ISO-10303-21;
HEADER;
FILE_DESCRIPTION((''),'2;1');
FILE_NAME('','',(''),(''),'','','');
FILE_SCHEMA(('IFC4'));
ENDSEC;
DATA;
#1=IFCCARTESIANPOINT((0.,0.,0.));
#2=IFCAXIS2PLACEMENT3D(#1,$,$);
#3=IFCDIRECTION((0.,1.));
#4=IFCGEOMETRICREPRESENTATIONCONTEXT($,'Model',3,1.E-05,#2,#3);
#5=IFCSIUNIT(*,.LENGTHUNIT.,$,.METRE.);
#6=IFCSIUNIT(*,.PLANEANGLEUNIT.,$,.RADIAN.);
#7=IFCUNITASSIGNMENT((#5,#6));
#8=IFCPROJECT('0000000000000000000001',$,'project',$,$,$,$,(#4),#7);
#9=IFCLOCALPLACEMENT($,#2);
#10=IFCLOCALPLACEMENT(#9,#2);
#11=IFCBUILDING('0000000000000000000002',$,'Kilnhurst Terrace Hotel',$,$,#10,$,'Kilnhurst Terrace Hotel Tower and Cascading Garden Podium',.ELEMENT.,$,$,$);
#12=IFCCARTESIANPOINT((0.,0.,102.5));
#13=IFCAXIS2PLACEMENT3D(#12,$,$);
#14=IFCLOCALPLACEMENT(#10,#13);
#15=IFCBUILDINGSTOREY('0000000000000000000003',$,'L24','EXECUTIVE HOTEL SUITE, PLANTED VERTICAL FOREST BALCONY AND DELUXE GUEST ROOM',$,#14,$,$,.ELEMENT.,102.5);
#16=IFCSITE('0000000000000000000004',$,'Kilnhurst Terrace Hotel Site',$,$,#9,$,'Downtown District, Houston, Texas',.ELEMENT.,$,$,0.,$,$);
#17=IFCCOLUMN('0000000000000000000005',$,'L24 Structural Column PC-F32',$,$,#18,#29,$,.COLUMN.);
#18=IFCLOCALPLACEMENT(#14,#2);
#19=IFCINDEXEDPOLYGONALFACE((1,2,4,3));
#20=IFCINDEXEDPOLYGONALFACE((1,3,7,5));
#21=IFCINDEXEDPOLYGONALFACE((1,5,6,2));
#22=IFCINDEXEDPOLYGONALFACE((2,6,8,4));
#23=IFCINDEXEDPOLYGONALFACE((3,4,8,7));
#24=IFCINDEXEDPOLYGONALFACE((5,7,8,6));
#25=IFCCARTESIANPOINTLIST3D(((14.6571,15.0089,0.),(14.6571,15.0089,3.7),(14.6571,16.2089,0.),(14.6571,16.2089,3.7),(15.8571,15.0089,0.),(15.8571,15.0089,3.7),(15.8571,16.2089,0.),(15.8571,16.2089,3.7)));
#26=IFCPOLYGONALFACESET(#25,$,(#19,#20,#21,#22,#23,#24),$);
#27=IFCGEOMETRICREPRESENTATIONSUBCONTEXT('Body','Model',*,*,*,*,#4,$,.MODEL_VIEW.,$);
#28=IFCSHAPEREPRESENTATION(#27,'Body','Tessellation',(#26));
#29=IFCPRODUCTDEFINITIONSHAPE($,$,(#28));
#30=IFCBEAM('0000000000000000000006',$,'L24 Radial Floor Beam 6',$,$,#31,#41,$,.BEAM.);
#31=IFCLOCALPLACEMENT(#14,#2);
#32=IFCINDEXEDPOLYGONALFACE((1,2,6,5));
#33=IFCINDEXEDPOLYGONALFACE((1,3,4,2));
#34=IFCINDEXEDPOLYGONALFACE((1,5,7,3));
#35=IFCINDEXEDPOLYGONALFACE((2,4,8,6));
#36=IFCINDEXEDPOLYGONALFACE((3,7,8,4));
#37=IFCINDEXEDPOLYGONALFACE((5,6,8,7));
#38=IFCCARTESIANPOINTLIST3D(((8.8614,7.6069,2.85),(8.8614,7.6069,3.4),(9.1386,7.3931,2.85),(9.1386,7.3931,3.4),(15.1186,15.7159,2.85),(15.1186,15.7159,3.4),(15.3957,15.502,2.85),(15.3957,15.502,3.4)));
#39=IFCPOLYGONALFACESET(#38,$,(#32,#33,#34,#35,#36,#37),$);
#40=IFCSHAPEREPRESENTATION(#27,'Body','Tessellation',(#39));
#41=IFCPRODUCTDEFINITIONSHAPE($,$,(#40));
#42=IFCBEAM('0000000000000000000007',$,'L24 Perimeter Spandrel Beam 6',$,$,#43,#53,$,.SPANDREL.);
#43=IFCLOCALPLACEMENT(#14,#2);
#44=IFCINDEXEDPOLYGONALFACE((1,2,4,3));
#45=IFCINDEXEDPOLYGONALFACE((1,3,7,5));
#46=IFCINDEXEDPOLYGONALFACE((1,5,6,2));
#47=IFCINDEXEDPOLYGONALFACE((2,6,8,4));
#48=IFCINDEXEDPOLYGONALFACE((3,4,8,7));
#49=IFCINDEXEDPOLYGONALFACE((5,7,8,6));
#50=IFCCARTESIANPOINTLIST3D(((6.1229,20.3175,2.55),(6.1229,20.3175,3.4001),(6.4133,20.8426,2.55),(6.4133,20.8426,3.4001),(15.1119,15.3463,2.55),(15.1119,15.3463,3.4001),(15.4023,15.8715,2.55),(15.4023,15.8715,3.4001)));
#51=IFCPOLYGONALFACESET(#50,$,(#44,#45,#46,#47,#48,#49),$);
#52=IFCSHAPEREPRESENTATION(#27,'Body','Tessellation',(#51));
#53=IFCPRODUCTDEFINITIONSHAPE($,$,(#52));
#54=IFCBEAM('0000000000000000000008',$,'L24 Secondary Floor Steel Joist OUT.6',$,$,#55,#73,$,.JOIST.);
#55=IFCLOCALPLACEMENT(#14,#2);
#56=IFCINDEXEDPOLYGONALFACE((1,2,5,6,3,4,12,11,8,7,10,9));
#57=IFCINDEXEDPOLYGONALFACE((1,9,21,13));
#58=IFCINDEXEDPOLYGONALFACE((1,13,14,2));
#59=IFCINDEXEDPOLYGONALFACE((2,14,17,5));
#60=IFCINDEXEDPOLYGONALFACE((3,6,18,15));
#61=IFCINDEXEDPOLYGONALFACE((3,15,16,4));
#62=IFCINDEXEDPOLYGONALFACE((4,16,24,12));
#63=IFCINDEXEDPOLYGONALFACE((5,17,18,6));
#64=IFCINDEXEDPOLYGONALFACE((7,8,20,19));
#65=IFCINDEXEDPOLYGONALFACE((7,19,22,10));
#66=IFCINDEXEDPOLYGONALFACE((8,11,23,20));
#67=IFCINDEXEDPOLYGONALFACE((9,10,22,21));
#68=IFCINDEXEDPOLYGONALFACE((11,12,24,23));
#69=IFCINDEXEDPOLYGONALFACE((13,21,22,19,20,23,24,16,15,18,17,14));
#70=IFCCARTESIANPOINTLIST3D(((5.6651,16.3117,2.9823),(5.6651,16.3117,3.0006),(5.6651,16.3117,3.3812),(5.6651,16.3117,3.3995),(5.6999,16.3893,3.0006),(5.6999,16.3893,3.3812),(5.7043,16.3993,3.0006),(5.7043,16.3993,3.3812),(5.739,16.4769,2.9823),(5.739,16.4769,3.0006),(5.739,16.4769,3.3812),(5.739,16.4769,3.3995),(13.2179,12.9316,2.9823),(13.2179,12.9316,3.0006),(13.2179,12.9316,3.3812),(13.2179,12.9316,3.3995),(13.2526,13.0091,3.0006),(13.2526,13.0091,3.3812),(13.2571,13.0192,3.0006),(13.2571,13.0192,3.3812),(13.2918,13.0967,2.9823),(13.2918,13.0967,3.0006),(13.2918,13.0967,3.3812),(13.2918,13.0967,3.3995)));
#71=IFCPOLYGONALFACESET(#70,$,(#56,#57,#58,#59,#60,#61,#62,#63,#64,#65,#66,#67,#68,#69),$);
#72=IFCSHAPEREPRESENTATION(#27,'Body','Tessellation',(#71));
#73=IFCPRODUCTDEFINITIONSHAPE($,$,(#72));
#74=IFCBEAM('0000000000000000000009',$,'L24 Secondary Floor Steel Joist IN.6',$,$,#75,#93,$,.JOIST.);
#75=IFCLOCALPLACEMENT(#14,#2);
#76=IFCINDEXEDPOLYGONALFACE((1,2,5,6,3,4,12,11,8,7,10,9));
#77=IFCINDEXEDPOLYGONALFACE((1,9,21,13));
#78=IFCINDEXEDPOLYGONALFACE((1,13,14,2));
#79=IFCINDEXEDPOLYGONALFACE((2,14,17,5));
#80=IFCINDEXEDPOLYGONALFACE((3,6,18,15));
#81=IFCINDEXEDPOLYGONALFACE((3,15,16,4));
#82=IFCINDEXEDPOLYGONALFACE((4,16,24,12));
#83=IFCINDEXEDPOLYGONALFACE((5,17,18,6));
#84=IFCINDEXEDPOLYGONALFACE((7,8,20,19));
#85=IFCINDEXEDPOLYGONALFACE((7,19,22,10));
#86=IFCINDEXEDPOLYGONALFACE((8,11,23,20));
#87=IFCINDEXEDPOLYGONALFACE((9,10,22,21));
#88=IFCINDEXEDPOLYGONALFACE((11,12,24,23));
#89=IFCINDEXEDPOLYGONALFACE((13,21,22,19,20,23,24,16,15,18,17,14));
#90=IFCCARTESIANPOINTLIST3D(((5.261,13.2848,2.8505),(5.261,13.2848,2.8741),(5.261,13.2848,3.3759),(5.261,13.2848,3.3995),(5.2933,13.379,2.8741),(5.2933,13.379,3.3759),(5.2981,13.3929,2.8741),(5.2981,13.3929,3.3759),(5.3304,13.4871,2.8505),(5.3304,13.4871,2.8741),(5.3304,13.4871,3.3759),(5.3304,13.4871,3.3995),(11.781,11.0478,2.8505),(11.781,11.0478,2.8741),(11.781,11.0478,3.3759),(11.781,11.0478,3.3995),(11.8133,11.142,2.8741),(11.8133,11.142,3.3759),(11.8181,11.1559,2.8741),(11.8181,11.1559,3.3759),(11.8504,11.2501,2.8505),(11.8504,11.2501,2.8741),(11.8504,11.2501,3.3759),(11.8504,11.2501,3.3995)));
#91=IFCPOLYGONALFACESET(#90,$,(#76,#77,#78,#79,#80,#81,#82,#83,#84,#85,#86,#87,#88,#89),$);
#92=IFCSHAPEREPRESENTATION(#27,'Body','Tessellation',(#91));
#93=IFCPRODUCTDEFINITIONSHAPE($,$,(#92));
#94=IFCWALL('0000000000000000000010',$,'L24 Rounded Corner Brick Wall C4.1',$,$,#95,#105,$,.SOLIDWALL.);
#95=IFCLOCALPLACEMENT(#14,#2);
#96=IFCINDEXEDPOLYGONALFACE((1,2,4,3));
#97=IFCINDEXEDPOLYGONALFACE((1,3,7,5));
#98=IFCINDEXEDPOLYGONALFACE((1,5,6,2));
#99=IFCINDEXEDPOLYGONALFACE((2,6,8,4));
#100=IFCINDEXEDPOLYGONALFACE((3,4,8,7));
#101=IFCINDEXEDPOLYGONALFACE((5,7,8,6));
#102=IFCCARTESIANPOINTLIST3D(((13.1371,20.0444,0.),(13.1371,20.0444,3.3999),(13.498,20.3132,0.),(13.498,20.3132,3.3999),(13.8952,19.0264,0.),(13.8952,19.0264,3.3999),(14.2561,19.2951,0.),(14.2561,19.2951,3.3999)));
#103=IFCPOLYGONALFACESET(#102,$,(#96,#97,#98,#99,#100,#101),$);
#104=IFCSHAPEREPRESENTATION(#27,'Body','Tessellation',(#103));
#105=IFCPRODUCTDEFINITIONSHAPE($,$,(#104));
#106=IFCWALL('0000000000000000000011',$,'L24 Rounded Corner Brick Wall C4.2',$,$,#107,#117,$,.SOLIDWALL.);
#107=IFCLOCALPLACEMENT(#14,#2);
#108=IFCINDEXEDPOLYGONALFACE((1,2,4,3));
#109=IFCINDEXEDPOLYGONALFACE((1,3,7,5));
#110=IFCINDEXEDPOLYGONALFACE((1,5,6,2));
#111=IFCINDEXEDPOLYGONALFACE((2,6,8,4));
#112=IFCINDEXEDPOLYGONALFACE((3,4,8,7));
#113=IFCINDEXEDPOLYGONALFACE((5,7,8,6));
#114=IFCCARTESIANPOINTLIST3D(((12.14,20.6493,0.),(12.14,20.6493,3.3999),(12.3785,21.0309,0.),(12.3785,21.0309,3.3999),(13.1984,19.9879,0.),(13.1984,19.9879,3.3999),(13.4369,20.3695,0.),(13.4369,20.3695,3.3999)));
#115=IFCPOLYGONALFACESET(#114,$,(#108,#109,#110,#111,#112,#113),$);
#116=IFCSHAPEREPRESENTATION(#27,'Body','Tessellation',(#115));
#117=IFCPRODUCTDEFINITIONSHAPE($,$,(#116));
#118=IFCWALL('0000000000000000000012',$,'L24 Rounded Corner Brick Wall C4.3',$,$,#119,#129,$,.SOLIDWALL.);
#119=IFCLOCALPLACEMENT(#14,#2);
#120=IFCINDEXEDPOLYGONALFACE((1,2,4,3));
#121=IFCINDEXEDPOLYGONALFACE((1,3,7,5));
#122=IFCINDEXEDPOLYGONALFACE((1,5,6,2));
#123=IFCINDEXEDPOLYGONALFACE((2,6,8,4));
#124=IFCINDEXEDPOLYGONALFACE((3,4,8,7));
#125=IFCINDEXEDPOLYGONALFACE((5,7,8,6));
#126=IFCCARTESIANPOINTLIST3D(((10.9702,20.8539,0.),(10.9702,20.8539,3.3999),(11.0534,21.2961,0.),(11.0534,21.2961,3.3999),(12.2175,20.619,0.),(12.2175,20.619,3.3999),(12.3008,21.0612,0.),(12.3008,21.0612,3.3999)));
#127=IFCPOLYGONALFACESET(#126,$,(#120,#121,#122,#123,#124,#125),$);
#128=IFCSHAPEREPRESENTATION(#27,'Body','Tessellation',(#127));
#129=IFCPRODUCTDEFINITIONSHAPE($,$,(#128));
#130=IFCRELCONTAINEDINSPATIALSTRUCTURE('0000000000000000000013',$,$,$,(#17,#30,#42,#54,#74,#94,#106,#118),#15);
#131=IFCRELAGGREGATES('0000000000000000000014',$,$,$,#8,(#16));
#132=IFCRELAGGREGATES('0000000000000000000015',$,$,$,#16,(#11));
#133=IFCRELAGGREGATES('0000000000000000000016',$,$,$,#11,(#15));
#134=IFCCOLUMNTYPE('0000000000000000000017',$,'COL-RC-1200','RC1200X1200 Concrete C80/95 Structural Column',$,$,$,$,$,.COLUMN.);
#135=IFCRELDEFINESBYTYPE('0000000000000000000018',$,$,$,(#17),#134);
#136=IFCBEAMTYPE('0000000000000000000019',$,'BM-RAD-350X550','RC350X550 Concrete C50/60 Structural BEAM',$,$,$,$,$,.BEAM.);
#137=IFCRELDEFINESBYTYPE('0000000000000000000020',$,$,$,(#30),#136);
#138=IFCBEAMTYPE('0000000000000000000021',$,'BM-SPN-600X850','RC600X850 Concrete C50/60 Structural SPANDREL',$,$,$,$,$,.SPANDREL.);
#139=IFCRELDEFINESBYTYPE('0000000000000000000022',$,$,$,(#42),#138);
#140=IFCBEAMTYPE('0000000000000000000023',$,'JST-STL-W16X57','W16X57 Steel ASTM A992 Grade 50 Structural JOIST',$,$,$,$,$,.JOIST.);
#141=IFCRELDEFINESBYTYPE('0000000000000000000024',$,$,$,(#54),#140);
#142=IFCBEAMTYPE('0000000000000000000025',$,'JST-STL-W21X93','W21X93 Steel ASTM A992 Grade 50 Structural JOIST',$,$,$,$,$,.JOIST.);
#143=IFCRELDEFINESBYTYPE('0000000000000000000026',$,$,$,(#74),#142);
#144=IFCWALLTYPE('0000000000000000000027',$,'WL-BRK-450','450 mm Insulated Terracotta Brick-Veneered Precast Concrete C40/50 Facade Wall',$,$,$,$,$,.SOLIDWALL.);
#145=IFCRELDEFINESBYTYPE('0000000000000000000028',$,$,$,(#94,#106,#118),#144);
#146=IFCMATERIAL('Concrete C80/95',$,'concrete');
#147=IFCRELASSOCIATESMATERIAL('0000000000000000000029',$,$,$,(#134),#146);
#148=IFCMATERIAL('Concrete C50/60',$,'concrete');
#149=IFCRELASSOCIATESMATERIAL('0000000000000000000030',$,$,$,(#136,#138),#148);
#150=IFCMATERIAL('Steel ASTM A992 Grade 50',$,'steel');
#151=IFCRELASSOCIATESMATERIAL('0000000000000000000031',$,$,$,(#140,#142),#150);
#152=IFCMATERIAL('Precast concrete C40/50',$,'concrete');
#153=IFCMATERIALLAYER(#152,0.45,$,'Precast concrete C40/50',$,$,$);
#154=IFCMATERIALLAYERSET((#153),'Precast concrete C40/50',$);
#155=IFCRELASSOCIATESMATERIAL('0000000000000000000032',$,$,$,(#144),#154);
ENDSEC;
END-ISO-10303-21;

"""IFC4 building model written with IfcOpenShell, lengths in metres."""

from ifc_helpers import new_model, si_unit, direction, frame, frame_2d, origin, origin_2d, place, context, subcontext, project, spatial, rectangle, i_section, extrude, material, layer, layer_set, material_profile, profile_set, type_object, element, save


model = new_model("IFC4")

# Units and contexts
model_context = context("Model", 3, precision=1e-05, world=origin(), true_north=direction((0.0, 1.0)))
body_context = subcontext(model_context, "Body", "Model", "MODEL_VIEW")
ifc_project = project(units=[si_unit("LENGTHUNIT", "METRE"), si_unit("PLANEANGLEUNIT", "RADIAN")], contexts=[model_context])

# Site, building, storey
site_placement = place(None, origin())
site = spatial("IfcSite", under=ifc_project, at=site_placement, Name="Kilnhurst Terrace Hotel Site", LongName="Downtown District, Houston, Texas", CompositionType="ELEMENT", RefElevation=0.0)
building_placement = place(site_placement, origin())
building = spatial("IfcBuilding", under=site, at=building_placement, Name="Kilnhurst Terrace Hotel", LongName="Kilnhurst Terrace Hotel Tower and Cascading Garden Podium", CompositionType="ELEMENT")
storey_placement = place(building_placement, frame((0.0, 0.0, 102.5)))
storey = spatial("IfcBuildingStorey", under=building, at=storey_placement, Name="L24", Description="EXECUTIVE HOTEL SUITE, PLANTED VERTICAL FOREST BALCONY AND DELUXE GUEST ROOM", CompositionType="ELEMENT", Elevation=102.5)

# Column
ifc_material_1 = material(Name="Concrete C80/95", Category="concrete")
ifc_material_profile_1 = material_profile(ifc_material_1, rectangle(XDim=1.2, YDim=1.2, at=origin_2d()), Name="RC1200X1200")
ifc_profile_set_1 = profile_set([ifc_material_profile_1], Name="Concrete C80/95")
column_type = type_object("IfcColumnType", Name="COL-RC-1200", Description="RC1200X1200 Concrete C80/95 Structural Column", PredefinedType="COLUMN", material=ifc_profile_set_1)
column_placement = place(storey_placement, frame((15.2571, 15.6089, 0.0), z_axis=(0.0, 0.0, 1.0), x_axis=(1.0, 0.0, 0.0)))
element("IfcColumn", 1, at=column_placement, inside=storey, type_object=column_type, Name="L24 Structural Column PC-F32", PredefinedType="COLUMN", context=body_context, shape_type="SweptSolid", body=[
    extrude(rectangle(XDim=1.2, YDim=1.2, at=origin_2d()), origin(), (0.0, 0.0, 1.0), 3.7),
])

# Beams
ifc_material_2 = material(Name="Concrete C50/60", Category="concrete")
ifc_material_profile_2 = material_profile(ifc_material_2, rectangle(XDim=0.3501, YDim=0.55, at=origin_2d()), Name="RC350X550")
ifc_profile_set_2 = profile_set([ifc_material_profile_2], Name="Concrete C50/60")
beam_type_1 = type_object("IfcBeamType", Name="BM-RAD-350X550", Description="RC350X550 Concrete C50/60 Structural BEAM", PredefinedType="BEAM", material=ifc_profile_set_2)
beam_1_placement = place(storey_placement, frame((9.0, 7.5, 3.125), z_axis=(0.610905, 0.791704, 0.0), x_axis=(-0.791704, 0.610905, 0.0)))
element("IfcBeam", 2, at=beam_1_placement, inside=storey, type_object=beam_type_1, Name="L24 Radial Floor Beam 6", PredefinedType="BEAM", context=body_context, shape_type="SweptSolid", body=[
    extrude(rectangle(XDim=0.3501, YDim=0.55, at=origin_2d()), origin(), (0.0, 0.0, 1.0), 10.2424),
])
ifc_material_profile_3 = material_profile(ifc_material_2, rectangle(XDim=0.6001, YDim=0.8501, at=origin_2d()), Name="RC600X850")
ifc_profile_set_3 = profile_set([ifc_material_profile_3], Name="Concrete C50/60")
beam_type_2 = type_object("IfcBeamType", Name="BM-SPN-600X850", Description="RC600X850 Concrete C50/60 Structural SPANDREL", PredefinedType="SPANDREL", material=ifc_profile_set_3)
beam_2_placement = place(storey_placement, frame((15.2571, 15.6089, 2.9751), z_axis=(-0.875094, 0.483953, 0.0), x_axis=(-0.483953, -0.875094, 0.0)))
element("IfcBeam", 3, at=beam_2_placement, inside=storey, type_object=beam_type_2, Name="L24 Perimeter Spandrel Beam 6", PredefinedType="SPANDREL", context=body_context, shape_type="SweptSolid", body=[
    extrude(rectangle(XDim=0.6001, YDim=0.8501, at=origin_2d()), origin(), (0.0, 0.0, 1.0), 10.272),
])
ifc_material_3 = material(Name="Steel ASTM A992 Grade 50", Category="steel")
ifc_material_profile_4 = material_profile(ifc_material_3, i_section(OverallWidth=0.1809, OverallDepth=0.4172, WebThickness=0.011, FlangeThickness=0.0183, at=origin_2d()), Name="W16X57")
ifc_profile_set_4 = profile_set([ifc_material_profile_4], Name="Steel ASTM A992 Grade 50")
beam_type_3 = type_object("IfcBeamType", Name="JST-STL-W16X57", Description="W16X57 Steel ASTM A992 Grade 50 Structural JOIST", PredefinedType="JOIST", material=ifc_profile_set_4)
beam_3_placement = place(storey_placement, frame((13.2549, 13.0142, 3.1909), z_axis=(-0.912761, 0.408494, 0.0), x_axis=(-0.408494, -0.912761, 0.0)))
element("IfcBeam", 4, at=beam_3_placement, inside=storey, type_object=beam_type_3, Name="L24 Secondary Floor Steel Joist OUT.6", PredefinedType="JOIST", context=body_context, shape_type="SweptSolid", body=[
    extrude(i_section(OverallWidth=0.1809, OverallDepth=0.4172, WebThickness=0.011, FlangeThickness=0.0183, at=origin_2d()), origin(), (0.0, 0.0, 1.0), 8.2747),
])
ifc_material_profile_5 = material_profile(ifc_material_3, i_section(OverallWidth=0.2139, OverallDepth=0.5491, WebThickness=0.0146, FlangeThickness=0.0237, at=origin_2d()), Name="W21X93")
ifc_profile_set_5 = profile_set([ifc_material_profile_5], Name="Steel ASTM A992 Grade 50")
beam_type_4 = type_object("IfcBeamType", Name="JST-STL-W21X93", Description="W21X93 Steel ASTM A992 Grade 50 Structural JOIST", PredefinedType="JOIST", material=ifc_profile_set_5)
beam_4_placement = place(storey_placement, frame((11.8157, 11.1489, 3.125), z_axis=(-0.945874, 0.324535, 0.0), x_axis=(-0.324535, -0.945874, 0.0)))
element("IfcBeam", 5, at=beam_4_placement, inside=storey, type_object=beam_type_4, Name="L24 Secondary Floor Steel Joist IN.6", PredefinedType="JOIST", context=body_context, shape_type="SweptSolid", body=[
    extrude(i_section(OverallWidth=0.2139, OverallDepth=0.5491, WebThickness=0.0146, FlangeThickness=0.0237, at=origin_2d()), origin(), (0.0, 0.0, 1.0), 6.8931),
])

# Walls
ifc_material_4 = material(Name="Precast concrete C40/50", Category="concrete")
ifc_layer_1 = layer(ifc_material_4, 0.45, Name="Precast concrete C40/50")
ifc_layer_set_1 = layer_set([ifc_layer_1], Name="Precast concrete C40/50")
wall_type_1 = type_object("IfcWallType", Name="WL-BRK-450", Description="450 mm Insulated Terracotta Brick-Veneered Precast Concrete C40/50 Facade Wall", PredefinedType="SOLIDWALL", material=ifc_layer_set_1)
wall_1_placement = place(storey_placement, frame((14.0757, 19.1606, 0.0), z_axis=(0.0, 0.0, 1.0), x_axis=(-0.597227, 0.802073, 0.0)))
element("IfcWall", 6, at=wall_1_placement, inside=storey, type_object=wall_type_1, Name="L24 Rounded Corner Brick Wall C4.1", PredefinedType="SOLIDWALL", context=body_context, shape_type="SweptSolid", body=[
    extrude(rectangle(XDim=1.2693, YDim=0.45, at=frame_2d((0.6348, 0.0))), origin(), (0.0, 0.0, 1.0), 3.3999),
])
wall_2_placement = place(storey_placement, frame((13.3176, 20.1787, 0.0), z_axis=(0.0, 0.0, 1.0), x_axis=(-0.848031, 0.529946, 0.0)))
element("IfcWall", 7, at=wall_2_placement, inside=storey, type_object=wall_type_1, Name="L24 Rounded Corner Brick Wall C4.2", PredefinedType="SOLIDWALL", context=body_context, shape_type="SweptSolid", body=[
    extrude(rectangle(XDim=1.248, YDim=0.45, at=frame_2d((0.624, 0.0))), origin(), (0.0, 0.0, 1.0), 3.3999),
])
wall_3_placement = place(storey_placement, frame((12.2593, 20.8401, 0.0), z_axis=(0.0, 0.0, 1.0), x_axis=(-0.98273, 0.185043, 0.0)))
element("IfcWall", 8, at=wall_3_placement, inside=storey, type_object=wall_type_1, Name="L24 Rounded Corner Brick Wall C4.3", PredefinedType="SOLIDWALL", context=body_context, shape_type="SweptSolid", body=[
    extrude(rectangle(XDim=1.2693, YDim=0.45, at=frame_2d((0.6348, 0.0))), origin(), (0.0, 0.0, 1.0), 3.3999),
])

save(model, "model.ifc")
